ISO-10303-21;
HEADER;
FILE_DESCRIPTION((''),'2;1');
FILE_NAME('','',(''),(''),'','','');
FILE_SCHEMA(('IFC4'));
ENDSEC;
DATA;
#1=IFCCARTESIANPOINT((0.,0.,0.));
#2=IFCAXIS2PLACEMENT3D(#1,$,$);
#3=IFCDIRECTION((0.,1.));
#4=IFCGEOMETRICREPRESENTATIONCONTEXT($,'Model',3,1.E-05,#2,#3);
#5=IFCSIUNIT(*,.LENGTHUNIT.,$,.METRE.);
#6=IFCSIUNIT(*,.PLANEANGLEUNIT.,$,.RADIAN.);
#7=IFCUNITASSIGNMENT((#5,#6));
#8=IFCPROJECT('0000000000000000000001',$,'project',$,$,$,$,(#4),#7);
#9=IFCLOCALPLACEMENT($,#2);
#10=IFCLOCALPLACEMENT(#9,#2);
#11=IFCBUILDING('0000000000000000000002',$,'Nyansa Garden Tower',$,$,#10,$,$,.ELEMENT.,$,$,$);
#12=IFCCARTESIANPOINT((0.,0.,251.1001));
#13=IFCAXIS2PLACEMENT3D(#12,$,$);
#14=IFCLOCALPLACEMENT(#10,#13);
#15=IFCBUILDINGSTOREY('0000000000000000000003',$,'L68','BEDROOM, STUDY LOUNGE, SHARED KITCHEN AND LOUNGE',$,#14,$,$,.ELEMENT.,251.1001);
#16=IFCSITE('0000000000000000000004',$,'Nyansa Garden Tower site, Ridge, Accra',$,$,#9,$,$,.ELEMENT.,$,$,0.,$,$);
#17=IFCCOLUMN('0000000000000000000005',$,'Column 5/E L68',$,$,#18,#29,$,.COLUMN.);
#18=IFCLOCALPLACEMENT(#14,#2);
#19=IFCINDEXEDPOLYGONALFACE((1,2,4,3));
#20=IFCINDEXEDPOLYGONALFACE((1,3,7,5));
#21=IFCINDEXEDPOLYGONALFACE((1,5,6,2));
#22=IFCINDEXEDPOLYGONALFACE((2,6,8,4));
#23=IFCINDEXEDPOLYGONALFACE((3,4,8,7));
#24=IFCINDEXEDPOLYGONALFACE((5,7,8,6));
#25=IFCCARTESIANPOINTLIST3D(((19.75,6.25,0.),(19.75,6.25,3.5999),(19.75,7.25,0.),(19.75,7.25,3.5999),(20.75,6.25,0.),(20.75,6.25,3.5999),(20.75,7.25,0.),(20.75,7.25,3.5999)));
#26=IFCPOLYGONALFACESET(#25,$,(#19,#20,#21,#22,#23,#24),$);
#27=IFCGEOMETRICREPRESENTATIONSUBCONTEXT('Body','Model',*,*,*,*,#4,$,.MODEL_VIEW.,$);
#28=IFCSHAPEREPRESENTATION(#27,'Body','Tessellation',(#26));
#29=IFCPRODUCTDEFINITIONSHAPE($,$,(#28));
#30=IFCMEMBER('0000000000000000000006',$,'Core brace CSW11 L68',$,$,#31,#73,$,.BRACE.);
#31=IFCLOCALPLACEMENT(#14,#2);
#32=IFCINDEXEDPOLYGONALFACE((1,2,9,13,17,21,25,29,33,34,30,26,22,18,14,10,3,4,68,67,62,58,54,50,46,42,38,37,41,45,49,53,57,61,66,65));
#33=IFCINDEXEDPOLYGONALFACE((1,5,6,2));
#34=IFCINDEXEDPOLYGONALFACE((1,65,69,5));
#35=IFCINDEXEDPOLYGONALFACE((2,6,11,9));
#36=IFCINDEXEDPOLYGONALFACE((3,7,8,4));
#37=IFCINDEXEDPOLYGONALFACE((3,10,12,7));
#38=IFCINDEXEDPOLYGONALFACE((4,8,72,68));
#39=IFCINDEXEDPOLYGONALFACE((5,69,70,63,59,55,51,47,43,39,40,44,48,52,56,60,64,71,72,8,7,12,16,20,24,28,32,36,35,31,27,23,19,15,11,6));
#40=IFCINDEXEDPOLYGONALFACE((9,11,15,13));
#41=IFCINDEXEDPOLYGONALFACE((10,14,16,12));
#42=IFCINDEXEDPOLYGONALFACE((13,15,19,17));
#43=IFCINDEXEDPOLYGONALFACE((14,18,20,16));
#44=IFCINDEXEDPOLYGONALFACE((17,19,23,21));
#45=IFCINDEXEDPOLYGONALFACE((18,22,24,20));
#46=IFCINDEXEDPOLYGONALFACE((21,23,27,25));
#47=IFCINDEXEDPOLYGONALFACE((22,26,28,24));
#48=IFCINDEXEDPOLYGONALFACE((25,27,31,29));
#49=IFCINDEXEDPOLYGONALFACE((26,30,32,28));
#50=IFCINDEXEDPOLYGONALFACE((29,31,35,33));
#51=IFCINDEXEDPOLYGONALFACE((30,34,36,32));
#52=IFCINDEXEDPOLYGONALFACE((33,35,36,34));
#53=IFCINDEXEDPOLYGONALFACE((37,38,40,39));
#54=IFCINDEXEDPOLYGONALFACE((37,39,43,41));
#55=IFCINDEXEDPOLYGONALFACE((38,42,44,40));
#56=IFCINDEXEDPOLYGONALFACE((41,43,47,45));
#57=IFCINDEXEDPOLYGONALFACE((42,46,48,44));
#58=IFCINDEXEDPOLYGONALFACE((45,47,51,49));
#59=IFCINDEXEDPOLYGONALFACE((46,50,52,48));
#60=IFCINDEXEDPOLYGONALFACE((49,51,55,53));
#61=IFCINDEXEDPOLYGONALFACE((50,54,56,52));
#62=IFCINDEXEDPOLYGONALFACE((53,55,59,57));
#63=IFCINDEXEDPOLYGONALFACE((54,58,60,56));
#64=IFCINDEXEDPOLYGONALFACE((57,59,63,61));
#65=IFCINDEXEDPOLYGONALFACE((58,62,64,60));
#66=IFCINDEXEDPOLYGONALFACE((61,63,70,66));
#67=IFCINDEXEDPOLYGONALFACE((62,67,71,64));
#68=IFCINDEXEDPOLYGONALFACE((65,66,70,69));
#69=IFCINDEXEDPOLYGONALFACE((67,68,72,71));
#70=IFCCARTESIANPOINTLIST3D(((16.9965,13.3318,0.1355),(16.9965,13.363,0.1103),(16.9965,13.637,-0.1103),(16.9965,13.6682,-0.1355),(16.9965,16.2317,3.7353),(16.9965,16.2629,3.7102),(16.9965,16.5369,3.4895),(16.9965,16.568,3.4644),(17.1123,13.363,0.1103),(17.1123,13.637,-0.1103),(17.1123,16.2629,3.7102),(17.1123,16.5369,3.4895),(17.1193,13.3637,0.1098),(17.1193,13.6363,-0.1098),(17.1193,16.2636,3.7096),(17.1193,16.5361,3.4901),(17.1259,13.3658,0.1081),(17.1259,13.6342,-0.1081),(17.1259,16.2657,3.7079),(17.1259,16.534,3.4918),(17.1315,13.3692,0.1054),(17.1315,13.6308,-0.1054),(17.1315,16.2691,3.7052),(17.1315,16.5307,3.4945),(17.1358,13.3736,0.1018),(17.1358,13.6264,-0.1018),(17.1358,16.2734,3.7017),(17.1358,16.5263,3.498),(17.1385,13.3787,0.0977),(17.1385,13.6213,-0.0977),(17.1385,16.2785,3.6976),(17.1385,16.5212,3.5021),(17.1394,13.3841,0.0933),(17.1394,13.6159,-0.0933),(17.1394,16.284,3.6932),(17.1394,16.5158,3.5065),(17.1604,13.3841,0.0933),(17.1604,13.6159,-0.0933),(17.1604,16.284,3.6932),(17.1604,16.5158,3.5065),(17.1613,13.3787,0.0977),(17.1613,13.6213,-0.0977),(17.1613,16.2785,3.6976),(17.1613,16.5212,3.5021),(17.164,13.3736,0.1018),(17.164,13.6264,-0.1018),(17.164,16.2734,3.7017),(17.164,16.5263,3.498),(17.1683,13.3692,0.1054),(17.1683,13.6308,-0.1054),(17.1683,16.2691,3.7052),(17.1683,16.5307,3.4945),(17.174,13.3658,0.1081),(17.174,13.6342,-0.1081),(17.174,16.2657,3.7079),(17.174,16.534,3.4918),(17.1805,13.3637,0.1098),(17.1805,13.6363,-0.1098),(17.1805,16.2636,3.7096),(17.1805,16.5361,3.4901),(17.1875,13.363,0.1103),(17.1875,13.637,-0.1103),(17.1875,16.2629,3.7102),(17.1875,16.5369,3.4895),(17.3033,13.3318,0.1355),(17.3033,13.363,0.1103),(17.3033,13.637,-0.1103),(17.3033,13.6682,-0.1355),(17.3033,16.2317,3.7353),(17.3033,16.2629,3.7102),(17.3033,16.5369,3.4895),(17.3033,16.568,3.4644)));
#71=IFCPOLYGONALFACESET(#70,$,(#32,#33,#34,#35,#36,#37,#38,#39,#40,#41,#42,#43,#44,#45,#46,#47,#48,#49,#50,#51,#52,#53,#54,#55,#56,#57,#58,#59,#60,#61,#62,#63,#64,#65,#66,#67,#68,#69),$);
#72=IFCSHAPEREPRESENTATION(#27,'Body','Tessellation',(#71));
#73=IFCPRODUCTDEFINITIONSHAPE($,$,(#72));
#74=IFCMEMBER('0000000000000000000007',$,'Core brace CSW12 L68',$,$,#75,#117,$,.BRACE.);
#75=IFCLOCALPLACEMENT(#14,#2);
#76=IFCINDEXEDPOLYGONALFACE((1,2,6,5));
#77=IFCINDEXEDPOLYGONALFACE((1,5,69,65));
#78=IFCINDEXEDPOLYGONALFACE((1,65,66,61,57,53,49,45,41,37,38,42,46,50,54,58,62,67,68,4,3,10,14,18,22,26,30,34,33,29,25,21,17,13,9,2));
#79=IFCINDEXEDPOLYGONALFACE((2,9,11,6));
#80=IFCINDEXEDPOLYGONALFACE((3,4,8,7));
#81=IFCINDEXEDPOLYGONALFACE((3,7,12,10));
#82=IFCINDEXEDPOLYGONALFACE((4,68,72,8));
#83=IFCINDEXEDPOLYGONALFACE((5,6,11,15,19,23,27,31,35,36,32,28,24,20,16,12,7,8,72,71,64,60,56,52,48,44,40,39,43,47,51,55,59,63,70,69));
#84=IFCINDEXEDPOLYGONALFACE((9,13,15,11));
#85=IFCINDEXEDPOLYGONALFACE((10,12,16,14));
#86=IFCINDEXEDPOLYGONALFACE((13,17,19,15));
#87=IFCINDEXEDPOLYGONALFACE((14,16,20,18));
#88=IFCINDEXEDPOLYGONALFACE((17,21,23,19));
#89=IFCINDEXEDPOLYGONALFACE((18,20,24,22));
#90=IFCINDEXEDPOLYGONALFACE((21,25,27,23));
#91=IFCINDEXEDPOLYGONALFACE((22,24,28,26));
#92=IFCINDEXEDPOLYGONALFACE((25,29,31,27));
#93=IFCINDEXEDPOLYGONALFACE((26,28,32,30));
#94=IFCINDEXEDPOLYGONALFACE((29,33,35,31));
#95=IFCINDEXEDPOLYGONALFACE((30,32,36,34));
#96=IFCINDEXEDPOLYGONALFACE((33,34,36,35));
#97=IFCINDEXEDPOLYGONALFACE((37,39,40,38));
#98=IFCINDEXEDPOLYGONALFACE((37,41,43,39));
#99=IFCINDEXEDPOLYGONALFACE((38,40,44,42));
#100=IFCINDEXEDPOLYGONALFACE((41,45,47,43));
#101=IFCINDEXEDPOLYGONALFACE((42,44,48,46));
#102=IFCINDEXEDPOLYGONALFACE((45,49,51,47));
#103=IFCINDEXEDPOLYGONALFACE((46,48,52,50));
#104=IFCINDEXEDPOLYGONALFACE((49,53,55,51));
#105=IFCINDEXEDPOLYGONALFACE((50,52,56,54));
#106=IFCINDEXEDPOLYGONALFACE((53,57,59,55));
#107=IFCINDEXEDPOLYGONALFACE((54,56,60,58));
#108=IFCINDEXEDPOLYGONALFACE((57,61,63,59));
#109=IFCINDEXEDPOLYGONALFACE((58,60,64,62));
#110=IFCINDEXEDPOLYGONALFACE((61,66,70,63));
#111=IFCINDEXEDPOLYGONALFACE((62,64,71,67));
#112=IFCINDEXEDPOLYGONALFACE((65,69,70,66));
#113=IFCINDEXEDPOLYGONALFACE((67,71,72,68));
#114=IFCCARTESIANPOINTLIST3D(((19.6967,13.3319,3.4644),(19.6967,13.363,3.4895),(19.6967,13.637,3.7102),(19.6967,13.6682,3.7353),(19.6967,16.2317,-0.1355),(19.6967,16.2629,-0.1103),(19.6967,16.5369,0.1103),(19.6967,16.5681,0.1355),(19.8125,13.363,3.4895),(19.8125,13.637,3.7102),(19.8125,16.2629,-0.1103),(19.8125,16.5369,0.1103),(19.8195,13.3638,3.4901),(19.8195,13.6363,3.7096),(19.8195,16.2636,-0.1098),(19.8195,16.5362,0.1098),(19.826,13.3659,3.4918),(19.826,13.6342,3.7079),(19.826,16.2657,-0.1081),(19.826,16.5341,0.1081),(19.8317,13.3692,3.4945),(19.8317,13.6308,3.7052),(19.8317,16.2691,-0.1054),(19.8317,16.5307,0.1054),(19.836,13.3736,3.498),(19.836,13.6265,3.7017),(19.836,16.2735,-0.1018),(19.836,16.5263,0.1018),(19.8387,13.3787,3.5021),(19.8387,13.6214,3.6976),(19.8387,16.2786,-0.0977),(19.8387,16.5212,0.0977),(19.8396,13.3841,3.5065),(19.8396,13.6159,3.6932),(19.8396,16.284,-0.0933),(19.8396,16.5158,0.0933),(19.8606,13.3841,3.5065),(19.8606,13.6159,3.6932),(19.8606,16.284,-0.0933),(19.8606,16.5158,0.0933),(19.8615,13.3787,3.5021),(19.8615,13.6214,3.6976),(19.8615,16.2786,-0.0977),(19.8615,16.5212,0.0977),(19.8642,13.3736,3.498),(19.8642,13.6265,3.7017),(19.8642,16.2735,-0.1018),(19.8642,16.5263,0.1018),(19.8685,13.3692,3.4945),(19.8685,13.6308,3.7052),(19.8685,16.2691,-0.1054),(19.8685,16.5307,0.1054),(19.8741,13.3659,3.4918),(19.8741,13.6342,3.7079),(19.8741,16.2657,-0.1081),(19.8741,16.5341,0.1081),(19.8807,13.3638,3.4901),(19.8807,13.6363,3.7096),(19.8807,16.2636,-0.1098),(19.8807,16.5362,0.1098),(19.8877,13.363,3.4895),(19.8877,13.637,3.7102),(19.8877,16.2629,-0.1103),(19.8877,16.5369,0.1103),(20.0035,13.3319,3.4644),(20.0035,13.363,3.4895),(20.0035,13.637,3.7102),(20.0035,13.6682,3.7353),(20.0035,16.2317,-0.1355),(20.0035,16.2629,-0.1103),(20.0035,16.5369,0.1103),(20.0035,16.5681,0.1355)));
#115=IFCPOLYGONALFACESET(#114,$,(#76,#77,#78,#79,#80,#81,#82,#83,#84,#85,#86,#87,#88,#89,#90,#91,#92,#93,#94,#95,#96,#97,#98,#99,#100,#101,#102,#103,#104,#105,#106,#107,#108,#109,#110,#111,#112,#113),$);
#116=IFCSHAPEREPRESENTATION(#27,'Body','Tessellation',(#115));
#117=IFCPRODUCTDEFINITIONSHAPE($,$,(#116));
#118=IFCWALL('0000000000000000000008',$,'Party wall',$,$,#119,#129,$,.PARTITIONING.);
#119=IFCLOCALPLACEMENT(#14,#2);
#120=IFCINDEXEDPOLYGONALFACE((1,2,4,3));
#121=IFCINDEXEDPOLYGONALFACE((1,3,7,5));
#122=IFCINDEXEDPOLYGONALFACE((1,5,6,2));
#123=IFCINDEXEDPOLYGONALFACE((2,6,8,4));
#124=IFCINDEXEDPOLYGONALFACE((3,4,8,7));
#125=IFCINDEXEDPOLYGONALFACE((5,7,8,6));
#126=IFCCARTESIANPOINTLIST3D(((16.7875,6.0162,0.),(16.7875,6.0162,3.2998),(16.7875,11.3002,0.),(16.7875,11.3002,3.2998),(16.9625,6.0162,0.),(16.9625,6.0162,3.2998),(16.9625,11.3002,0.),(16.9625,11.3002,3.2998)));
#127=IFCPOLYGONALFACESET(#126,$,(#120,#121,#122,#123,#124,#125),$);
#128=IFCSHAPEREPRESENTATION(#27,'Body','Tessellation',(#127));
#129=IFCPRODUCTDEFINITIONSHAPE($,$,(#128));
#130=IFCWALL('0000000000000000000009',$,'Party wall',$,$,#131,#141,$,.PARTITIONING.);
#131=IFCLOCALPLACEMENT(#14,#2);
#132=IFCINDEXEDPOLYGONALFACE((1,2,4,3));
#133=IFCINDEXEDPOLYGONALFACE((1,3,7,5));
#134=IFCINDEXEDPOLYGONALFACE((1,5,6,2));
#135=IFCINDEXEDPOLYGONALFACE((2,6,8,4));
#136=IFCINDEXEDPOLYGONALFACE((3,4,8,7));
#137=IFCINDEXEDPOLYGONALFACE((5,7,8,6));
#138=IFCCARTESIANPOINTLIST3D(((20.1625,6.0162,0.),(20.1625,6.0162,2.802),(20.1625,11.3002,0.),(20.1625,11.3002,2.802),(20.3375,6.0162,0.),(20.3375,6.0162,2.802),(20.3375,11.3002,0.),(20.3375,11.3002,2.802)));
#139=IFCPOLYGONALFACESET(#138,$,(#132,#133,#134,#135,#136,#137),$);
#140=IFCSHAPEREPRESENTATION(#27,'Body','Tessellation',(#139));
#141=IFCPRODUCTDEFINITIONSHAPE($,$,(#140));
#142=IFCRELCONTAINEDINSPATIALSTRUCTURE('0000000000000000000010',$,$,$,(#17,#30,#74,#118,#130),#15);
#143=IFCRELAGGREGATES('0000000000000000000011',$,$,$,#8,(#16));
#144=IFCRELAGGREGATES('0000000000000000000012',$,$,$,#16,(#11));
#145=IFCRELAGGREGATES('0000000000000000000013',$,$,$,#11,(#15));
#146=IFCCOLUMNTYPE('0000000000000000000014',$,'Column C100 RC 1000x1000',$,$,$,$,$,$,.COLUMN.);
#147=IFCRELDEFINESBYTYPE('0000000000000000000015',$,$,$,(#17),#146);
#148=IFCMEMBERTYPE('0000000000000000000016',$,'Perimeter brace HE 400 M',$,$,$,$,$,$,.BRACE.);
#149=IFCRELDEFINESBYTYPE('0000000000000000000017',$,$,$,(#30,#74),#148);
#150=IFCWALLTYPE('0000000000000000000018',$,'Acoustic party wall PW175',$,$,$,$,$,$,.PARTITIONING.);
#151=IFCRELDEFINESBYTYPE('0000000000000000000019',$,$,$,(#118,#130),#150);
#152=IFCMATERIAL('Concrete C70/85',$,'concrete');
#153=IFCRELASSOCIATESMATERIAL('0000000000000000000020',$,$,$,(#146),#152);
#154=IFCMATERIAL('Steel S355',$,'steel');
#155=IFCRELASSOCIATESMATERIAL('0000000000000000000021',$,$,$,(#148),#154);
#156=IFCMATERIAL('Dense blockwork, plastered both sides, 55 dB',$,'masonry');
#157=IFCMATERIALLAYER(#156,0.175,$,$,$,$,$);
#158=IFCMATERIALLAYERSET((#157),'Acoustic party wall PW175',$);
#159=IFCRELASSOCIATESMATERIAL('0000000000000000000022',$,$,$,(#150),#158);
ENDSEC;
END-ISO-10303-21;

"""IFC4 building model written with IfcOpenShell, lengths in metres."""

from ifc_helpers import new_model, si_unit, direction, frame, frame_2d, origin, origin_2d, place, context, subcontext, project, spatial, rectangle, i_section, extrude, material, layer, layer_set, material_profile, profile_set, type_object, element, save


model = new_model("IFC4")

# Units and contexts
model_context = context("Model", 3, precision=1e-05, world=origin(), true_north=direction((0.0, 1.0)))
body_context = subcontext(model_context, "Body", "Model", "MODEL_VIEW")
ifc_project = project(units=[si_unit("LENGTHUNIT", "METRE"), si_unit("PLANEANGLEUNIT", "RADIAN")], contexts=[model_context])

# Site, building, storey
site_placement = place(None, origin())
site = spatial("IfcSite", under=ifc_project, at=site_placement, Name="Nyansa Garden Tower site, Ridge, Accra", CompositionType="ELEMENT", RefElevation=0.0)
building_placement = place(site_placement, origin())
building = spatial("IfcBuilding", under=site, at=building_placement, Name="Nyansa Garden Tower", CompositionType="ELEMENT")
storey_placement = place(building_placement, frame((0.0, 0.0, 251.1001)))
storey = spatial("IfcBuildingStorey", under=building, at=storey_placement, Name="L68", Description="BEDROOM, STUDY LOUNGE, SHARED KITCHEN AND LOUNGE", CompositionType="ELEMENT", Elevation=251.1001)

# Column
ifc_material_1 = material(Name="Concrete C70/85", Category="concrete")
ifc_material_profile_1 = material_profile(ifc_material_1, rectangle(XDim=1.0, YDim=1.0, at=origin_2d()), Name="RC 1000x1000")
ifc_profile_set_1 = profile_set([ifc_material_profile_1], Name="Concrete C70/85")
column_type = type_object("IfcColumnType", Name="Column C100 RC 1000x1000", PredefinedType="COLUMN", material=ifc_profile_set_1)
column_placement = place(storey_placement, frame((20.25, 6.75, 0.0), z_axis=(0.0, 0.0, 1.0), x_axis=(1.0, 0.0, 0.0)))
element("IfcColumn", 1, at=column_placement, inside=storey, type_object=column_type, Name="Column 5/E L68", PredefinedType="COLUMN", context=body_context, shape_type="SweptSolid", body=[
    extrude(rectangle(XDim=1.0, YDim=1.0, at=origin_2d()), origin(), (0.0, 0.0, 1.0), 3.5999),
])

# Members
ifc_material_2 = material(Name="Steel S355", Category="steel")
ifc_material_profile_2 = material_profile(ifc_material_2, i_section(OverallWidth=0.3069, OverallDepth=0.4319, WebThickness=0.021, FlangeThickness=0.04, FilletRadius=0.0271, at=origin_2d()), Name="HE 400 M")
ifc_profile_set_2 = profile_set([ifc_material_profile_2], Name="Steel S355")
member_type = type_object("IfcMemberType", Name="Perimeter brace HE 400 M", PredefinedType="BRACE", material=ifc_profile_set_2)
for number, where, z_axis, x_axis, name in (
    (2, (17.1499, 13.5, 0.0), (0.0, 0.627332, 0.778752), (-1.0, 0.0, 0.0), "Core brace CSW11 L68"),
    (3, (19.8501, 16.3999, 0.0), (0.0, -0.627332, 0.778752), (1.0, 0.0, 0.0), "Core brace CSW12 L68"),
):
    element("IfcMember", number, at=place(storey_placement, frame(where, z_axis=z_axis, x_axis=x_axis)), inside=storey, type_object=member_type, Name=name, PredefinedType="BRACE", context=body_context, shape_type="SweptSolid", body=[
        extrude(i_section(OverallWidth=0.3069, OverallDepth=0.4319, WebThickness=0.021, FlangeThickness=0.04, FilletRadius=0.0271, at=origin_2d()), origin(), (0.0, 0.0, 1.0), 4.6226),
    ])

# Walls
ifc_material_3 = material(Name="Dense blockwork, plastered both sides, 55 dB", Category="masonry")
ifc_layer_1 = layer(ifc_material_3, 0.175)
ifc_layer_set_1 = layer_set([ifc_layer_1], Name="Acoustic party wall PW175")
wall_type_1 = type_object("IfcWallType", Name="Acoustic party wall PW175", PredefinedType="PARTITIONING", material=ifc_layer_set_1)
wall_1_placement = place(storey_placement, frame((16.875, 6.0161, 0.0), z_axis=(0.0, 0.0, 1.0), x_axis=(0.0, 1.0, 0.0)))
element("IfcWall", 4, at=wall_1_placement, inside=storey, type_object=wall_type_1, Name="Party wall", PredefinedType="PARTITIONING", context=body_context, shape_type="SweptSolid", body=[
    extrude(rectangle(XDim=5.2839, YDim=0.175, at=frame_2d((2.6421, 0.0))), origin(), (0.0, 0.0, 1.0), 3.2998),
])
wall_2_placement = place(storey_placement, frame((20.25, 6.0161, 0.0), z_axis=(0.0, 0.0, 1.0), x_axis=(0.0, 1.0, 0.0)))
element("IfcWall", 5, at=wall_2_placement, inside=storey, type_object=wall_type_1, Name="Party wall", PredefinedType="PARTITIONING", context=body_context, shape_type="SweptSolid", body=[
    extrude(rectangle(XDim=5.2839, YDim=0.175, at=frame_2d((2.6421, 0.0))), origin(), (0.0, 0.0, 1.0), 2.802),
])

save(model, "model.ifc")
